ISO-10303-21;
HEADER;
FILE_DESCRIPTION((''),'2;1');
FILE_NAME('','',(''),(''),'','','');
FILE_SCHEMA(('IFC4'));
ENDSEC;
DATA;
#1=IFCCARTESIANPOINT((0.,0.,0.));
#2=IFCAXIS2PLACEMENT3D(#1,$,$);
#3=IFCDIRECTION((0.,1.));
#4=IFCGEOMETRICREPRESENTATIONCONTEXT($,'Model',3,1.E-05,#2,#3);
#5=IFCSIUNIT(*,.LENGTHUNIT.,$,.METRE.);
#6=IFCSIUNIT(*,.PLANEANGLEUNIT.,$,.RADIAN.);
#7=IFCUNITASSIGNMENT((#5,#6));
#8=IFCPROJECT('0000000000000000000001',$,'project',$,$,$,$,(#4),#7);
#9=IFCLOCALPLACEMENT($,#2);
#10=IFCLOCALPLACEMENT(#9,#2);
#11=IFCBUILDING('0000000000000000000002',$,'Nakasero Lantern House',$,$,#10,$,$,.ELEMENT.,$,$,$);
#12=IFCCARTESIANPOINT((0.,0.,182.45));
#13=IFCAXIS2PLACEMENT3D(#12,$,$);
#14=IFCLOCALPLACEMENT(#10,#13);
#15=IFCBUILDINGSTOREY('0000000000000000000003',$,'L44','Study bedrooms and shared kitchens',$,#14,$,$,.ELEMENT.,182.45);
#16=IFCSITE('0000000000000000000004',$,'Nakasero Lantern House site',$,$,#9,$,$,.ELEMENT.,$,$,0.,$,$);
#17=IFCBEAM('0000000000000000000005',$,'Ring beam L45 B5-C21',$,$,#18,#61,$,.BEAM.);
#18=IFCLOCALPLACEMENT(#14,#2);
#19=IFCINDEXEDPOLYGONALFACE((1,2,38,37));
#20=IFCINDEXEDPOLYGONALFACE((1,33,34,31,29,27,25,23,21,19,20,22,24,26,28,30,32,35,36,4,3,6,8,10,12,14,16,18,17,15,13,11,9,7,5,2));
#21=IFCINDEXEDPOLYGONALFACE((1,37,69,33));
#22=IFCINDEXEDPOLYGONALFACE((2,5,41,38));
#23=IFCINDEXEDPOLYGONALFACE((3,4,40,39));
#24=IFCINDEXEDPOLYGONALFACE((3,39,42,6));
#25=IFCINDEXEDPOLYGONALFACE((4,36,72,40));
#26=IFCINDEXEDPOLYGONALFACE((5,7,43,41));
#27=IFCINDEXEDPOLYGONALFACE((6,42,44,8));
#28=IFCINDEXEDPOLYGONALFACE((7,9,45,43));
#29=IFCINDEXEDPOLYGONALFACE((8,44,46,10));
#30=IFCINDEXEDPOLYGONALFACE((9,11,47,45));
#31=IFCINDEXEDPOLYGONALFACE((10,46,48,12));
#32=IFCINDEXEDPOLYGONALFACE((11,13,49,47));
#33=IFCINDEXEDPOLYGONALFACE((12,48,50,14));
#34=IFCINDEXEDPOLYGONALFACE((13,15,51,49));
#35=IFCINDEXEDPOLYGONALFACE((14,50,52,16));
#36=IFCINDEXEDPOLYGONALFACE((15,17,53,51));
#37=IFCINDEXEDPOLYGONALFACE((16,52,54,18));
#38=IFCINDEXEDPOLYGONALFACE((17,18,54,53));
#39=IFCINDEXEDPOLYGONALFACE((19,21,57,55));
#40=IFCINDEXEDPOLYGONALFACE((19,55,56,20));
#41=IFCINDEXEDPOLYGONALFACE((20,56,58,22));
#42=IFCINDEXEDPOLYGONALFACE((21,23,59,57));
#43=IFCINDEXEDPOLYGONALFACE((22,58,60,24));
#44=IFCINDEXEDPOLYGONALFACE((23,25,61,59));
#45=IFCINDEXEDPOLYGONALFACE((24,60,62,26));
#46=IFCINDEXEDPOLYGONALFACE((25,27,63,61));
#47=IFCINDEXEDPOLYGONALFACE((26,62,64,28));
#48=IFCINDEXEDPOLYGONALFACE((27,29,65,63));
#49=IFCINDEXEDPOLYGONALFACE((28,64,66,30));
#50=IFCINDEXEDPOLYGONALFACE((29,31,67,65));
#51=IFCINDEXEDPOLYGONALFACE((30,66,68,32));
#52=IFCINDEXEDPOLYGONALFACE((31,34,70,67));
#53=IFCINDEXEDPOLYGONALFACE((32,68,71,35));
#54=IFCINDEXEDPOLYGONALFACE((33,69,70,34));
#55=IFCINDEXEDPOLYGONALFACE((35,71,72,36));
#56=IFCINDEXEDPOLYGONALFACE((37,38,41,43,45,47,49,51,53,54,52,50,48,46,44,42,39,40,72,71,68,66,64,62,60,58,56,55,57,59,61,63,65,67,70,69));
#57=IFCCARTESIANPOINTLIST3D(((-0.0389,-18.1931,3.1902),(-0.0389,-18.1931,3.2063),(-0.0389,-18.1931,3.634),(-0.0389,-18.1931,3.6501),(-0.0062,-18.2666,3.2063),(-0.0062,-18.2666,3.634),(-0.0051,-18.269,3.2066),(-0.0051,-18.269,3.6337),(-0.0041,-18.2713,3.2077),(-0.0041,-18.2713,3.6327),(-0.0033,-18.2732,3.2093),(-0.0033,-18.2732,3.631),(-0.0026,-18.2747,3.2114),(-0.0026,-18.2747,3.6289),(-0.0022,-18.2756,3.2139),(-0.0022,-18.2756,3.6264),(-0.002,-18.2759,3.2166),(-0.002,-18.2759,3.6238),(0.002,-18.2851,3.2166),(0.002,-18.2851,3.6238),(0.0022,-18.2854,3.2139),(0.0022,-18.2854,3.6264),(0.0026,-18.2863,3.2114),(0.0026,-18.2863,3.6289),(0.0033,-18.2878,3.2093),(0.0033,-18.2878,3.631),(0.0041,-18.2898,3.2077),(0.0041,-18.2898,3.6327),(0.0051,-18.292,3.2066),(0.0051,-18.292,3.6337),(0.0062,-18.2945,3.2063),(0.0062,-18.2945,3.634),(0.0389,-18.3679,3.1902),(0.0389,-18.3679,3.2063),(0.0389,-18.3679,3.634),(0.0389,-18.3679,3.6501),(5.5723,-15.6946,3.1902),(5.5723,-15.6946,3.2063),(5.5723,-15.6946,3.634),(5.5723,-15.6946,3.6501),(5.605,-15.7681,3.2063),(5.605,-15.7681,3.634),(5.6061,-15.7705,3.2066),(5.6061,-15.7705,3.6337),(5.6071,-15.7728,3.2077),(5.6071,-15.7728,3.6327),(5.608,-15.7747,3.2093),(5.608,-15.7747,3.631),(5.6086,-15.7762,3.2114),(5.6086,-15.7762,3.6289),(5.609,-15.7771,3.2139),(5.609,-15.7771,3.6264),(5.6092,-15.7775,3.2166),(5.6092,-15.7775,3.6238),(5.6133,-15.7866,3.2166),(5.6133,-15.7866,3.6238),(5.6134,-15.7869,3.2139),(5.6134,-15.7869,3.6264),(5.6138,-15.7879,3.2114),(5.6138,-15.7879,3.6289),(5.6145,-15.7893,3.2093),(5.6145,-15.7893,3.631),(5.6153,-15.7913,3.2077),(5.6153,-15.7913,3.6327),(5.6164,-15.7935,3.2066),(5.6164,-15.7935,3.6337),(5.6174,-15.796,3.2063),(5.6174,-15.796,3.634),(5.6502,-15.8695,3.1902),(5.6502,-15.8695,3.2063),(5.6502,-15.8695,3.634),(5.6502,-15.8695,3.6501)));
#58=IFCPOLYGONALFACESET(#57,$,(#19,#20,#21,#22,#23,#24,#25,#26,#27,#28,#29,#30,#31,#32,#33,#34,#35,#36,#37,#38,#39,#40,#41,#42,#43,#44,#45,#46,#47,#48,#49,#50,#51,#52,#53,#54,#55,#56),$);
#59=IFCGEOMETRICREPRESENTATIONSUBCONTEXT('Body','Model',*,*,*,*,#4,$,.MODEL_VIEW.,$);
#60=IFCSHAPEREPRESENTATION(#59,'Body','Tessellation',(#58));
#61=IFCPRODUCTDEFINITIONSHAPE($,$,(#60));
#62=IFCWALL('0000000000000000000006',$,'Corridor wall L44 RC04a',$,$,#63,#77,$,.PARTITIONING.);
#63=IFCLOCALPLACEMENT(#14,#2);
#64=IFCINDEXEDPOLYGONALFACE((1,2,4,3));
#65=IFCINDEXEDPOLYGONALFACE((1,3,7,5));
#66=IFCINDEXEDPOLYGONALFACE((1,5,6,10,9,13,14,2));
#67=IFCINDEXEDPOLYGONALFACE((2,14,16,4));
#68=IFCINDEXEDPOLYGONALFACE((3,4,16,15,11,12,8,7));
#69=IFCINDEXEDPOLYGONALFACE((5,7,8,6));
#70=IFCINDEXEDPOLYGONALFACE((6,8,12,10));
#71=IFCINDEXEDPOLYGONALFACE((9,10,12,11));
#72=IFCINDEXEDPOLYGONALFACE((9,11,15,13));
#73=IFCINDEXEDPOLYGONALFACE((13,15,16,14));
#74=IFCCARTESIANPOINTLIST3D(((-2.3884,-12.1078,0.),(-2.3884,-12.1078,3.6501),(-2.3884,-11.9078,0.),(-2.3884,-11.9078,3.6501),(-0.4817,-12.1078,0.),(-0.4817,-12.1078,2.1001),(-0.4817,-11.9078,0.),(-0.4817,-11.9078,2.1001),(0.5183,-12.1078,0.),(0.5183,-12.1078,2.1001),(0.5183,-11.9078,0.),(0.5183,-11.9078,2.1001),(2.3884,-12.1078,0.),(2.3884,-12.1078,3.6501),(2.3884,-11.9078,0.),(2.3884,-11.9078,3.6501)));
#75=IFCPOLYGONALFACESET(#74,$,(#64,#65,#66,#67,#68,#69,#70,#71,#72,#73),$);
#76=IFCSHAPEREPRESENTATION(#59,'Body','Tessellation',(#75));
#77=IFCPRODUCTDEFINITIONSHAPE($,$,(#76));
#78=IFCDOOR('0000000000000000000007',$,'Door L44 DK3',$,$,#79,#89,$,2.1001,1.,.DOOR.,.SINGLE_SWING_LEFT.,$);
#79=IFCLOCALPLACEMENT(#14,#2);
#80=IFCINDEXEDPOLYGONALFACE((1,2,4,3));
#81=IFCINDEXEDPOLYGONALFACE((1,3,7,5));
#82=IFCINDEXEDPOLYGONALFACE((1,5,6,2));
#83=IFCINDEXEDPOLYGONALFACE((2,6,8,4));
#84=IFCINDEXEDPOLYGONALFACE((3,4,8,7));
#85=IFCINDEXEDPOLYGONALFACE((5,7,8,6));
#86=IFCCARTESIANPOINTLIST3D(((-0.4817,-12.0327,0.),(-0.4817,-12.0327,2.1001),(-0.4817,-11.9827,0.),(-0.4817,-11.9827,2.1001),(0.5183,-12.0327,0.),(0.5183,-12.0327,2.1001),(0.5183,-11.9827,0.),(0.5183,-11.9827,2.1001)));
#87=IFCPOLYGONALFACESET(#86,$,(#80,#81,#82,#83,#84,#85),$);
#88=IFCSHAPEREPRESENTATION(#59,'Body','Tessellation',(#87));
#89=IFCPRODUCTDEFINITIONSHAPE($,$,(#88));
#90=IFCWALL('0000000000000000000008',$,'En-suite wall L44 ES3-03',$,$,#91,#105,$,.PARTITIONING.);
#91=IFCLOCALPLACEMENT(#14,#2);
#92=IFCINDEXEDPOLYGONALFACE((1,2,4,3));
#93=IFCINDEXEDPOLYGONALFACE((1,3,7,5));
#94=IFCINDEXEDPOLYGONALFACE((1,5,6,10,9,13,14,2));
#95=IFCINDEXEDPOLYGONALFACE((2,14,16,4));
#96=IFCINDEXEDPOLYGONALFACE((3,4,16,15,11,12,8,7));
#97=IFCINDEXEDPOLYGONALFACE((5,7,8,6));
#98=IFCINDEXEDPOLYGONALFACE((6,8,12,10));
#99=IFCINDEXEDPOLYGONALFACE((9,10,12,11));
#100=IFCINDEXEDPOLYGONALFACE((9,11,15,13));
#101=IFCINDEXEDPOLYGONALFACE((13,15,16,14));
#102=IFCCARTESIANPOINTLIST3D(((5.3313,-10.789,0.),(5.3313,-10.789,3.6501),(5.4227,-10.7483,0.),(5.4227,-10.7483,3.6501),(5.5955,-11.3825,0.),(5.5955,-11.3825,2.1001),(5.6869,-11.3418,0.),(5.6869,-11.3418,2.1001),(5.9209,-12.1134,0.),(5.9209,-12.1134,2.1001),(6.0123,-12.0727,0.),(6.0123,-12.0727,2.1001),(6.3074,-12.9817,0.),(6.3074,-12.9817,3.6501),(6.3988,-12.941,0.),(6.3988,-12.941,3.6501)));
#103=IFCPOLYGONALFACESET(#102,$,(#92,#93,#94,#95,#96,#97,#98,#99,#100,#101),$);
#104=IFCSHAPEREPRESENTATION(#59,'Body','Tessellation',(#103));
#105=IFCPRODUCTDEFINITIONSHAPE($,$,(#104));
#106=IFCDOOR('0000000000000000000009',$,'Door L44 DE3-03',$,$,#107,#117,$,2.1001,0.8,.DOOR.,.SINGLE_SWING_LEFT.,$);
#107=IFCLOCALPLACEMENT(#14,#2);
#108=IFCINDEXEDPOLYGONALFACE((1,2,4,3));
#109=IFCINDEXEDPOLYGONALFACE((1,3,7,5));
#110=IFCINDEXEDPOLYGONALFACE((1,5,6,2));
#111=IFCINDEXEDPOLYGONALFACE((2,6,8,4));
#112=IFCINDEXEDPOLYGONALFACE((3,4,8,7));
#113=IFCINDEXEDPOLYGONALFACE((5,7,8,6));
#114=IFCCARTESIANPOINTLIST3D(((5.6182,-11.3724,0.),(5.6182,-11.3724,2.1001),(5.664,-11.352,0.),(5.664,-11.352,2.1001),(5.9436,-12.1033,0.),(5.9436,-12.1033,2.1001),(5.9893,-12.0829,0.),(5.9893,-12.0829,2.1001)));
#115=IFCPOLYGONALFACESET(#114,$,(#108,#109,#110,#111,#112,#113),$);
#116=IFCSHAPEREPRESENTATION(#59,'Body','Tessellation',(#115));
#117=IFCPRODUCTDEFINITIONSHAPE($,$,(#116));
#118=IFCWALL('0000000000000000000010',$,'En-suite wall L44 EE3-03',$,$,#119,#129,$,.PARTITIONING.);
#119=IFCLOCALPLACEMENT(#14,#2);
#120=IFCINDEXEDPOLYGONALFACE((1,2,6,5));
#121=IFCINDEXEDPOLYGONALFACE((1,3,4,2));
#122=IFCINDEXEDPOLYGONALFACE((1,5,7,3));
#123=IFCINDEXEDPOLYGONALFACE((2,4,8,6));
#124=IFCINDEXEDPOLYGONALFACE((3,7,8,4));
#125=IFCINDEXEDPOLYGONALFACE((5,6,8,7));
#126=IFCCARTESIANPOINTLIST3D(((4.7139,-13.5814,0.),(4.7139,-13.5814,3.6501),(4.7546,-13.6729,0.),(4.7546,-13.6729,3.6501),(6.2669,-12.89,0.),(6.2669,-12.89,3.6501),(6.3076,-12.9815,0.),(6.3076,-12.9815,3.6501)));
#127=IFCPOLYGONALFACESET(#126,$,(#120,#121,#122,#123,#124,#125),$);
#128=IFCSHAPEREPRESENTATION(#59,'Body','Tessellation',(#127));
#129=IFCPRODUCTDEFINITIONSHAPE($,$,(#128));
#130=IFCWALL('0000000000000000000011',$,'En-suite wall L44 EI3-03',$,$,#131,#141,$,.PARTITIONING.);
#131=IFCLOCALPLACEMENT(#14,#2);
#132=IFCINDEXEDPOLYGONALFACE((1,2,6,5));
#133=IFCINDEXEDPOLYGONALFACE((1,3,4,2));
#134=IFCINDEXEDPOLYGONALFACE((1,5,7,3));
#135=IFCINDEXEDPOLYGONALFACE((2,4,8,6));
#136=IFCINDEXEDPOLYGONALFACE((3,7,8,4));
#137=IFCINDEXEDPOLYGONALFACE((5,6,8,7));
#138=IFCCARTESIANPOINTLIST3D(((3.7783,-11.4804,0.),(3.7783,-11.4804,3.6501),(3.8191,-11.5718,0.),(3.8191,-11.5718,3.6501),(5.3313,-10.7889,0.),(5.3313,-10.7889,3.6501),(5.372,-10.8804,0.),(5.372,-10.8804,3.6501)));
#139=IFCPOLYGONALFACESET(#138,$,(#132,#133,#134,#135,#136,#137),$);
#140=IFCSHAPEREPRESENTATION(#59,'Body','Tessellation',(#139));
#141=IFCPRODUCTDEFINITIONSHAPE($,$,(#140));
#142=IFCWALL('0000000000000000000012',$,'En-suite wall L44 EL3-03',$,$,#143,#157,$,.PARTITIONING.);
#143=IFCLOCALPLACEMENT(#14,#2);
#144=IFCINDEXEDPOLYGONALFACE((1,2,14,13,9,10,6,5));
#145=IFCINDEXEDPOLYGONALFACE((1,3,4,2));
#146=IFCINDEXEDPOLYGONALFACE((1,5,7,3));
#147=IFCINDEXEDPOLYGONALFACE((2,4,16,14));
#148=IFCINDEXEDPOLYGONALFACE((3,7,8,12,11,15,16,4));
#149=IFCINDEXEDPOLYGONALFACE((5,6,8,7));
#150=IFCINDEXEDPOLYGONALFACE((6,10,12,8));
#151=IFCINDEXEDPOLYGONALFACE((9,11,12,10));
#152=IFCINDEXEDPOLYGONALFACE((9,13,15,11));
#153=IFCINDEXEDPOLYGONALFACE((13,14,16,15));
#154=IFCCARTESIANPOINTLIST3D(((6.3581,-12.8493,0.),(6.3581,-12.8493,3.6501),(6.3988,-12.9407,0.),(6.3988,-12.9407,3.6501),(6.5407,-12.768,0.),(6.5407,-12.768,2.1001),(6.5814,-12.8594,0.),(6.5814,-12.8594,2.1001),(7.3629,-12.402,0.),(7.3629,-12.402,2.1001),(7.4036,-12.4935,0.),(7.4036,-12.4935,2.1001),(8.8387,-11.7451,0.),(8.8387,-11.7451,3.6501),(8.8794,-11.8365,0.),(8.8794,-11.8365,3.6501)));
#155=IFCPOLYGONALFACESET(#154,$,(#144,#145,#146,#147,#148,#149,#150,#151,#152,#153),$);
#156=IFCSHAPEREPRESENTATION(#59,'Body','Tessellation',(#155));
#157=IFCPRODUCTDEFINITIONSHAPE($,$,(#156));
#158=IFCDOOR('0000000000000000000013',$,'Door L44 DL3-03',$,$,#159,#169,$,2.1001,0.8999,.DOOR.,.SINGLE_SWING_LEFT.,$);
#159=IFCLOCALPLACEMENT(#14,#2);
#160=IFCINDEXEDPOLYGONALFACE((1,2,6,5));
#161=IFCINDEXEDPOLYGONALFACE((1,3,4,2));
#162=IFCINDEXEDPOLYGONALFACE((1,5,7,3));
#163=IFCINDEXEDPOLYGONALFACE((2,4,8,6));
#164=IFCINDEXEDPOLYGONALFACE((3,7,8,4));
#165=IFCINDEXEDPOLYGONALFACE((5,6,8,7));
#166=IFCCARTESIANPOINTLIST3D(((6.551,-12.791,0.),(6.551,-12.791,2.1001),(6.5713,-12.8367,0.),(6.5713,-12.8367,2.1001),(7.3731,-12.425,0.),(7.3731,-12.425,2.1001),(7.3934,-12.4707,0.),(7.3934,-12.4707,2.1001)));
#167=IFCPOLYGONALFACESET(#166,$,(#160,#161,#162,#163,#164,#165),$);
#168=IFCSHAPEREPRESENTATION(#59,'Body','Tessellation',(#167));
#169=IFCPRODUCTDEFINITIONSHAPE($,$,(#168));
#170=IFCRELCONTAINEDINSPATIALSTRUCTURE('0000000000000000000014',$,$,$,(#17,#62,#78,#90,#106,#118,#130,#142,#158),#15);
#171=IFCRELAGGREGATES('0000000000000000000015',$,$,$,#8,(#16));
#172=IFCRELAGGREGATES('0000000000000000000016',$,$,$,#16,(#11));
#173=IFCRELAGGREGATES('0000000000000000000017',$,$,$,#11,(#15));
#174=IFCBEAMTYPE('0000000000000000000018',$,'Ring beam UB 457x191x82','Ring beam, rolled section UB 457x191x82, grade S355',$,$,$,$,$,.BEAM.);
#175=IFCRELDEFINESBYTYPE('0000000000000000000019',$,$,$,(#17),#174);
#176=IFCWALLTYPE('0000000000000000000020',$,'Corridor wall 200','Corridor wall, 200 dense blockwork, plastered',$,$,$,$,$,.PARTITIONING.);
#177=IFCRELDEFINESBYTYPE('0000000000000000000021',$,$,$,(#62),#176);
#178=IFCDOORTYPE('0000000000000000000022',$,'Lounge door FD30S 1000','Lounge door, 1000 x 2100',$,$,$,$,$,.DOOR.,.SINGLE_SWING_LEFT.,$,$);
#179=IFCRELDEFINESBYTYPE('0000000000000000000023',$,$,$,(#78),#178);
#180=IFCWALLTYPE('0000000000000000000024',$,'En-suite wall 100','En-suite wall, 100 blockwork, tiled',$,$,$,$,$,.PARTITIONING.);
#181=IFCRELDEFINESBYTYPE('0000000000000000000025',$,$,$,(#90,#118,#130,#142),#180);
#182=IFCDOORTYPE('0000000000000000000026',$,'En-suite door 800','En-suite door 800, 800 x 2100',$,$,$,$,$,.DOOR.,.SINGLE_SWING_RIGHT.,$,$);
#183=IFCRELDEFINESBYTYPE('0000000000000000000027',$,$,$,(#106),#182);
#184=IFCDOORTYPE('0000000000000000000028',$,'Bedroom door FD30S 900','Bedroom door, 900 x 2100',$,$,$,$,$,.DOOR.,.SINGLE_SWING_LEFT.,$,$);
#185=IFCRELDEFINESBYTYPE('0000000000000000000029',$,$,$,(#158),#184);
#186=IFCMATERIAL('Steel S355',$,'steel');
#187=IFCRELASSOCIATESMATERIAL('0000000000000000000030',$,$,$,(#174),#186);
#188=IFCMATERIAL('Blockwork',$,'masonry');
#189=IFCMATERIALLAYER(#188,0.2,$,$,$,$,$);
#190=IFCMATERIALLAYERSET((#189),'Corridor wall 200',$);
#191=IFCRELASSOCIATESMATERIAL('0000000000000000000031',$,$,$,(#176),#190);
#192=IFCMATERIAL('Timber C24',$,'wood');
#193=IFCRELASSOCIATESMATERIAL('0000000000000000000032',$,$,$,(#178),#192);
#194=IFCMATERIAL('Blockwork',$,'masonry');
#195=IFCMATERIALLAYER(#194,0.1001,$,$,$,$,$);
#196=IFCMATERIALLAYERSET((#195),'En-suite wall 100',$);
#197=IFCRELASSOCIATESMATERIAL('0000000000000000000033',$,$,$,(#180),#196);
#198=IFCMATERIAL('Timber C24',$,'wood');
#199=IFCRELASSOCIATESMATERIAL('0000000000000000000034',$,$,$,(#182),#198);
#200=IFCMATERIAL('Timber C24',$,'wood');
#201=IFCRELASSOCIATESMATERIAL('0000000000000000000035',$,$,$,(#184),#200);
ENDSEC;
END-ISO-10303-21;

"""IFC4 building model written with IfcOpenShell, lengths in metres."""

from ifc_helpers import new_model, si_unit, direction, frame, frame_2d, origin, origin_2d, place, context, subcontext, project, spatial, rectangle, i_section, extrude, material, layer, layer_set, material_profile, profile_set, type_object, element, fill, save


model = new_model("IFC4")

# Units and contexts
model_context = context("Model", 3, precision=1e-05, world=origin(), true_north=direction((0.0, 1.0)))
body_context = subcontext(model_context, "Body", "Model", "MODEL_VIEW")
ifc_project = project(units=[si_unit("LENGTHUNIT", "METRE"), si_unit("PLANEANGLEUNIT", "RADIAN")], contexts=[model_context])

# Site, building, storey
site_placement = place(None, origin())
site = spatial("IfcSite", under=ifc_project, at=site_placement, Name="Nakasero Lantern House site", CompositionType="ELEMENT", RefElevation=0.0)
building_placement = place(site_placement, origin())
building = spatial("IfcBuilding", under=site, at=building_placement, Name="Nakasero Lantern House", CompositionType="ELEMENT")
storey_placement = place(building_placement, frame((0.0, 0.0, 182.45)))
storey = spatial("IfcBuildingStorey", under=building, at=storey_placement, Name="L44", Description="Study bedrooms and shared kitchens", CompositionType="ELEMENT", Elevation=182.45)

# Beam
ifc_material_1 = material(Name="Steel S355", Category="steel")
ifc_material_profile_1 = material_profile(ifc_material_1, i_section(OverallWidth=0.1914, OverallDepth=0.46, WebThickness=0.01, FlangeThickness=0.0161, FilletRadius=0.0103, at=origin_2d()), Name="UB 457x191x82")
ifc_profile_set_1 = profile_set([ifc_material_profile_1], Name="Steel S355")
beam_type_1 = type_object("IfcBeamType", Name="Ring beam UB 457x191x82", Description="Ring beam, rolled section UB 457x191x82, grade S355", PredefinedType="BEAM", material=ifc_profile_set_1)
beam_1_placement = place(storey_placement, frame((0.0, -18.2805, 3.4202), z_axis=(0.913533, 0.406765, 0.0), x_axis=(-0.406765, 0.913533, 0.0)))
element("IfcBeam", 1, at=beam_1_placement, inside=storey, type_object=beam_type_1, Name="Ring beam L45 B5-C21", PredefinedType="BEAM", context=body_context, shape_type="SweptSolid", body=[
    extrude(i_section(OverallWidth=0.1914, OverallDepth=0.46, WebThickness=0.01, FlangeThickness=0.0161, FilletRadius=0.0103, at=origin_2d()), origin(), (0.0, 0.0, 1.0), 6.1423),
])

# Walls, openings, doors
ifc_material_2 = material(Name="Blockwork", Category="masonry")
ifc_layer_1 = layer(ifc_material_2, 0.2)
ifc_layer_set_1 = layer_set([ifc_layer_1], Name="Corridor wall 200")
wall_type_1 = type_object("IfcWallType", Name="Corridor wall 200", Description="Corridor wall, 200 dense blockwork, plastered", PredefinedType="PARTITIONING", material=ifc_layer_set_1)
wall_1_placement = place(storey_placement, frame((2.3884, -12.0078, 0.0), z_axis=(0.0, 0.0, 1.0), x_axis=(-1.0, 0.0, 0.0)))
wall_1 = element("IfcWall", 2, at=wall_1_placement, inside=storey, type_object=wall_type_1, Name="Corridor wall L44 RC04a", PredefinedType="PARTITIONING", context=body_context, shape_type="SweptSolid", body=[
    extrude(rectangle(XDim=4.7769, YDim=0.2, at=frame_2d((2.3884, 0.0))), origin(), (0.0, 0.0, 1.0), 3.6501),
])
opening_1_placement = place(wall_1_placement, frame((1.8701, 0.0, 0.0)))
opening_1 = element("IfcOpeningElement", 3, at=opening_1_placement, cuts=wall_1, PredefinedType="OPENING", context=body_context, shape_type="SweptSolid", body=[
    extrude(rectangle(XDim=1.0, YDim=2.1001, at=frame_2d((0.5, 1.05))), frame((0.0, 0.1199, 0.0), z_axis=(0.0, -1.0, 0.0), x_axis=(1.0, 0.0, 0.0)), (0.0, 0.0, 1.0), 0.24),
])
ifc_material_3 = material(Name="Timber C24", Category="wood")
door_type_1 = type_object("IfcDoorType", Name="Lounge door FD30S 1000", Description="Lounge door, 1000 x 2100", OperationType="SINGLE_SWING_LEFT", PredefinedType="DOOR", material=ifc_material_3)
door_1_placement = place(opening_1_placement, origin())
door_1 = element("IfcDoor", 4, at=door_1_placement, inside=storey, type_object=door_type_1, Name="Door L44 DK3", OperationType="SINGLE_SWING_LEFT", OverallHeight=2.1001, OverallWidth=1.0, PredefinedType="DOOR", context=body_context, shape_type="SweptSolid", body=[
    extrude(rectangle(XDim=1.0, YDim=2.1001, at=frame_2d((0.5, 1.05))), frame((0.0, 0.0249, 0.0), z_axis=(0.0, -1.0, 0.0), x_axis=(1.0, 0.0, 0.0)), (0.0, 0.0, 1.0), 0.05),
])
fill(opening_1, door_1)
ifc_material_4 = material(Name="Blockwork", Category="masonry")
ifc_layer_2 = layer(ifc_material_4, 0.1001)
ifc_layer_set_2 = layer_set([ifc_layer_2], Name="En-suite wall 100")
wall_type_2 = type_object("IfcWallType", Name="En-suite wall 100", Description="En-suite wall, 100 blockwork, tiled", PredefinedType="PARTITIONING", material=ifc_layer_set_2)
wall_2_placement = place(storey_placement, frame((5.377, -10.7686, 0.0), z_axis=(0.0, 0.0, 1.0), x_axis=(0.406686, -0.913568, 0.0)))
wall_2 = element("IfcWall", 5, at=wall_2_placement, inside=storey, type_object=wall_type_2, Name="En-suite wall L44 ES3-03", PredefinedType="PARTITIONING", context=body_context, shape_type="SweptSolid", body=[
    extrude(rectangle(XDim=2.4001, YDim=0.1001, at=frame_2d((1.2002, 0.0))), origin(), (0.0, 0.0, 1.0), 3.6501),
])
opening_2_placement = place(wall_2_placement, frame((0.6499, 0.0, 0.0)))
opening_2 = element("IfcOpeningElement", 6, at=opening_2_placement, cuts=wall_2, PredefinedType="OPENING", context=body_context, shape_type="SweptSolid", body=[
    extrude(rectangle(XDim=0.8, YDim=2.1001, at=frame_2d((0.3999, 1.05))), frame((0.0, 0.0701, 0.0), z_axis=(0.0, -1.0, 0.0), x_axis=(1.0, 0.0, 0.0)), (0.0, 0.0, 1.0), 0.1401),
])
ifc_material_5 = material(Name="Timber C24", Category="wood")
door_type_2 = type_object("IfcDoorType", Name="En-suite door 800", Description="En-suite door 800, 800 x 2100", OperationType="SINGLE_SWING_RIGHT", PredefinedType="DOOR", material=ifc_material_5)
door_2_placement = place(opening_2_placement, origin())
door_2 = element("IfcDoor", 7, at=door_2_placement, inside=storey, type_object=door_type_2, Name="Door L44 DE3-03", OperationType="SINGLE_SWING_LEFT", OverallHeight=2.1001, OverallWidth=0.8, PredefinedType="DOOR", context=body_context, shape_type="SweptSolid", body=[
    extrude(rectangle(XDim=0.8, YDim=2.1001, at=frame_2d((0.3999, 1.05))), frame((0.0, 0.0249, 0.0), z_axis=(0.0, -1.0, 0.0), x_axis=(1.0, 0.0, 0.0)), (0.0, 0.0, 1.0), 0.05),
])
fill(opening_2, door_2)

# Walls
for number, where, z_axis, x_axis, name in (
    (8, (4.7341, -13.6272, 0.0), (0.0, 0.0, 1.0), (0.913551, 0.406725, 0.0), "En-suite wall L44 EE3-03"),
    (9, (3.7986, -11.5261, 0.0), (0.0, 0.0, 1.0), (0.913551, 0.406725, 0.0), "En-suite wall L44 EI3-03"),
):
    element("IfcWall", number, at=place(storey_placement, frame(where, z_axis=z_axis, x_axis=x_axis)), inside=storey, type_object=wall_type_2, Name=name, PredefinedType="PARTITIONING", context=body_context, shape_type="SweptSolid", body=[
        extrude(rectangle(XDim=1.7, YDim=0.1001, at=frame_2d((0.8501, 0.0))), origin(), (0.0, 0.0, 1.0), 3.6501),
    ])

# Wall, opening, door
wall_3_placement = place(storey_placement, frame((6.3784, -12.895, 0.0), z_axis=(0.0, 0.0, 1.0), x_axis=(0.913578, 0.406664, 0.0)))
wall_3 = element("IfcWall", 10, at=wall_3_placement, inside=storey, type_object=wall_type_2, Name="En-suite wall L44 EL3-03", PredefinedType="PARTITIONING", context=body_context, shape_type="SweptSolid", body=[
    extrude(rectangle(XDim=2.7153, YDim=0.1001, at=frame_2d((1.3577, 0.0))), origin(), (0.0, 0.0, 1.0), 3.6501),
])
opening_3_placement = place(wall_3_placement, frame((0.2, 0.0, 0.0)))
opening_3 = element("IfcOpeningElement", 11, at=opening_3_placement, cuts=wall_3, PredefinedType="OPENING", context=body_context, shape_type="SweptSolid", body=[
    extrude(rectangle(XDim=0.8999, YDim=2.1001, at=frame_2d((0.45, 1.05))), frame((0.0, 0.0701, 0.0), z_axis=(0.0, -1.0, 0.0), x_axis=(1.0, 0.0, 0.0)), (0.0, 0.0, 1.0), 0.1401),
])
ifc_material_6 = material(Name="Timber C24", Category="wood")
door_type_3 = type_object("IfcDoorType", Name="Bedroom door FD30S 900", Description="Bedroom door, 900 x 2100", OperationType="SINGLE_SWING_LEFT", PredefinedType="DOOR", material=ifc_material_6)
door_3_placement = place(opening_3_placement, origin())
door_3 = element("IfcDoor", 12, at=door_3_placement, inside=storey, type_object=door_type_3, Name="Door L44 DL3-03", OperationType="SINGLE_SWING_LEFT", OverallHeight=2.1001, OverallWidth=0.8999, PredefinedType="DOOR", context=body_context, shape_type="SweptSolid", body=[
    extrude(rectangle(XDim=0.8999, YDim=2.1001, at=frame_2d((0.45, 1.05))), frame((0.0, 0.0249, 0.0), z_axis=(0.0, -1.0, 0.0), x_axis=(1.0, 0.0, 0.0)), (0.0, 0.0, 1.0), 0.05),
])
fill(opening_3, door_3)

save(model, "model.ifc")
